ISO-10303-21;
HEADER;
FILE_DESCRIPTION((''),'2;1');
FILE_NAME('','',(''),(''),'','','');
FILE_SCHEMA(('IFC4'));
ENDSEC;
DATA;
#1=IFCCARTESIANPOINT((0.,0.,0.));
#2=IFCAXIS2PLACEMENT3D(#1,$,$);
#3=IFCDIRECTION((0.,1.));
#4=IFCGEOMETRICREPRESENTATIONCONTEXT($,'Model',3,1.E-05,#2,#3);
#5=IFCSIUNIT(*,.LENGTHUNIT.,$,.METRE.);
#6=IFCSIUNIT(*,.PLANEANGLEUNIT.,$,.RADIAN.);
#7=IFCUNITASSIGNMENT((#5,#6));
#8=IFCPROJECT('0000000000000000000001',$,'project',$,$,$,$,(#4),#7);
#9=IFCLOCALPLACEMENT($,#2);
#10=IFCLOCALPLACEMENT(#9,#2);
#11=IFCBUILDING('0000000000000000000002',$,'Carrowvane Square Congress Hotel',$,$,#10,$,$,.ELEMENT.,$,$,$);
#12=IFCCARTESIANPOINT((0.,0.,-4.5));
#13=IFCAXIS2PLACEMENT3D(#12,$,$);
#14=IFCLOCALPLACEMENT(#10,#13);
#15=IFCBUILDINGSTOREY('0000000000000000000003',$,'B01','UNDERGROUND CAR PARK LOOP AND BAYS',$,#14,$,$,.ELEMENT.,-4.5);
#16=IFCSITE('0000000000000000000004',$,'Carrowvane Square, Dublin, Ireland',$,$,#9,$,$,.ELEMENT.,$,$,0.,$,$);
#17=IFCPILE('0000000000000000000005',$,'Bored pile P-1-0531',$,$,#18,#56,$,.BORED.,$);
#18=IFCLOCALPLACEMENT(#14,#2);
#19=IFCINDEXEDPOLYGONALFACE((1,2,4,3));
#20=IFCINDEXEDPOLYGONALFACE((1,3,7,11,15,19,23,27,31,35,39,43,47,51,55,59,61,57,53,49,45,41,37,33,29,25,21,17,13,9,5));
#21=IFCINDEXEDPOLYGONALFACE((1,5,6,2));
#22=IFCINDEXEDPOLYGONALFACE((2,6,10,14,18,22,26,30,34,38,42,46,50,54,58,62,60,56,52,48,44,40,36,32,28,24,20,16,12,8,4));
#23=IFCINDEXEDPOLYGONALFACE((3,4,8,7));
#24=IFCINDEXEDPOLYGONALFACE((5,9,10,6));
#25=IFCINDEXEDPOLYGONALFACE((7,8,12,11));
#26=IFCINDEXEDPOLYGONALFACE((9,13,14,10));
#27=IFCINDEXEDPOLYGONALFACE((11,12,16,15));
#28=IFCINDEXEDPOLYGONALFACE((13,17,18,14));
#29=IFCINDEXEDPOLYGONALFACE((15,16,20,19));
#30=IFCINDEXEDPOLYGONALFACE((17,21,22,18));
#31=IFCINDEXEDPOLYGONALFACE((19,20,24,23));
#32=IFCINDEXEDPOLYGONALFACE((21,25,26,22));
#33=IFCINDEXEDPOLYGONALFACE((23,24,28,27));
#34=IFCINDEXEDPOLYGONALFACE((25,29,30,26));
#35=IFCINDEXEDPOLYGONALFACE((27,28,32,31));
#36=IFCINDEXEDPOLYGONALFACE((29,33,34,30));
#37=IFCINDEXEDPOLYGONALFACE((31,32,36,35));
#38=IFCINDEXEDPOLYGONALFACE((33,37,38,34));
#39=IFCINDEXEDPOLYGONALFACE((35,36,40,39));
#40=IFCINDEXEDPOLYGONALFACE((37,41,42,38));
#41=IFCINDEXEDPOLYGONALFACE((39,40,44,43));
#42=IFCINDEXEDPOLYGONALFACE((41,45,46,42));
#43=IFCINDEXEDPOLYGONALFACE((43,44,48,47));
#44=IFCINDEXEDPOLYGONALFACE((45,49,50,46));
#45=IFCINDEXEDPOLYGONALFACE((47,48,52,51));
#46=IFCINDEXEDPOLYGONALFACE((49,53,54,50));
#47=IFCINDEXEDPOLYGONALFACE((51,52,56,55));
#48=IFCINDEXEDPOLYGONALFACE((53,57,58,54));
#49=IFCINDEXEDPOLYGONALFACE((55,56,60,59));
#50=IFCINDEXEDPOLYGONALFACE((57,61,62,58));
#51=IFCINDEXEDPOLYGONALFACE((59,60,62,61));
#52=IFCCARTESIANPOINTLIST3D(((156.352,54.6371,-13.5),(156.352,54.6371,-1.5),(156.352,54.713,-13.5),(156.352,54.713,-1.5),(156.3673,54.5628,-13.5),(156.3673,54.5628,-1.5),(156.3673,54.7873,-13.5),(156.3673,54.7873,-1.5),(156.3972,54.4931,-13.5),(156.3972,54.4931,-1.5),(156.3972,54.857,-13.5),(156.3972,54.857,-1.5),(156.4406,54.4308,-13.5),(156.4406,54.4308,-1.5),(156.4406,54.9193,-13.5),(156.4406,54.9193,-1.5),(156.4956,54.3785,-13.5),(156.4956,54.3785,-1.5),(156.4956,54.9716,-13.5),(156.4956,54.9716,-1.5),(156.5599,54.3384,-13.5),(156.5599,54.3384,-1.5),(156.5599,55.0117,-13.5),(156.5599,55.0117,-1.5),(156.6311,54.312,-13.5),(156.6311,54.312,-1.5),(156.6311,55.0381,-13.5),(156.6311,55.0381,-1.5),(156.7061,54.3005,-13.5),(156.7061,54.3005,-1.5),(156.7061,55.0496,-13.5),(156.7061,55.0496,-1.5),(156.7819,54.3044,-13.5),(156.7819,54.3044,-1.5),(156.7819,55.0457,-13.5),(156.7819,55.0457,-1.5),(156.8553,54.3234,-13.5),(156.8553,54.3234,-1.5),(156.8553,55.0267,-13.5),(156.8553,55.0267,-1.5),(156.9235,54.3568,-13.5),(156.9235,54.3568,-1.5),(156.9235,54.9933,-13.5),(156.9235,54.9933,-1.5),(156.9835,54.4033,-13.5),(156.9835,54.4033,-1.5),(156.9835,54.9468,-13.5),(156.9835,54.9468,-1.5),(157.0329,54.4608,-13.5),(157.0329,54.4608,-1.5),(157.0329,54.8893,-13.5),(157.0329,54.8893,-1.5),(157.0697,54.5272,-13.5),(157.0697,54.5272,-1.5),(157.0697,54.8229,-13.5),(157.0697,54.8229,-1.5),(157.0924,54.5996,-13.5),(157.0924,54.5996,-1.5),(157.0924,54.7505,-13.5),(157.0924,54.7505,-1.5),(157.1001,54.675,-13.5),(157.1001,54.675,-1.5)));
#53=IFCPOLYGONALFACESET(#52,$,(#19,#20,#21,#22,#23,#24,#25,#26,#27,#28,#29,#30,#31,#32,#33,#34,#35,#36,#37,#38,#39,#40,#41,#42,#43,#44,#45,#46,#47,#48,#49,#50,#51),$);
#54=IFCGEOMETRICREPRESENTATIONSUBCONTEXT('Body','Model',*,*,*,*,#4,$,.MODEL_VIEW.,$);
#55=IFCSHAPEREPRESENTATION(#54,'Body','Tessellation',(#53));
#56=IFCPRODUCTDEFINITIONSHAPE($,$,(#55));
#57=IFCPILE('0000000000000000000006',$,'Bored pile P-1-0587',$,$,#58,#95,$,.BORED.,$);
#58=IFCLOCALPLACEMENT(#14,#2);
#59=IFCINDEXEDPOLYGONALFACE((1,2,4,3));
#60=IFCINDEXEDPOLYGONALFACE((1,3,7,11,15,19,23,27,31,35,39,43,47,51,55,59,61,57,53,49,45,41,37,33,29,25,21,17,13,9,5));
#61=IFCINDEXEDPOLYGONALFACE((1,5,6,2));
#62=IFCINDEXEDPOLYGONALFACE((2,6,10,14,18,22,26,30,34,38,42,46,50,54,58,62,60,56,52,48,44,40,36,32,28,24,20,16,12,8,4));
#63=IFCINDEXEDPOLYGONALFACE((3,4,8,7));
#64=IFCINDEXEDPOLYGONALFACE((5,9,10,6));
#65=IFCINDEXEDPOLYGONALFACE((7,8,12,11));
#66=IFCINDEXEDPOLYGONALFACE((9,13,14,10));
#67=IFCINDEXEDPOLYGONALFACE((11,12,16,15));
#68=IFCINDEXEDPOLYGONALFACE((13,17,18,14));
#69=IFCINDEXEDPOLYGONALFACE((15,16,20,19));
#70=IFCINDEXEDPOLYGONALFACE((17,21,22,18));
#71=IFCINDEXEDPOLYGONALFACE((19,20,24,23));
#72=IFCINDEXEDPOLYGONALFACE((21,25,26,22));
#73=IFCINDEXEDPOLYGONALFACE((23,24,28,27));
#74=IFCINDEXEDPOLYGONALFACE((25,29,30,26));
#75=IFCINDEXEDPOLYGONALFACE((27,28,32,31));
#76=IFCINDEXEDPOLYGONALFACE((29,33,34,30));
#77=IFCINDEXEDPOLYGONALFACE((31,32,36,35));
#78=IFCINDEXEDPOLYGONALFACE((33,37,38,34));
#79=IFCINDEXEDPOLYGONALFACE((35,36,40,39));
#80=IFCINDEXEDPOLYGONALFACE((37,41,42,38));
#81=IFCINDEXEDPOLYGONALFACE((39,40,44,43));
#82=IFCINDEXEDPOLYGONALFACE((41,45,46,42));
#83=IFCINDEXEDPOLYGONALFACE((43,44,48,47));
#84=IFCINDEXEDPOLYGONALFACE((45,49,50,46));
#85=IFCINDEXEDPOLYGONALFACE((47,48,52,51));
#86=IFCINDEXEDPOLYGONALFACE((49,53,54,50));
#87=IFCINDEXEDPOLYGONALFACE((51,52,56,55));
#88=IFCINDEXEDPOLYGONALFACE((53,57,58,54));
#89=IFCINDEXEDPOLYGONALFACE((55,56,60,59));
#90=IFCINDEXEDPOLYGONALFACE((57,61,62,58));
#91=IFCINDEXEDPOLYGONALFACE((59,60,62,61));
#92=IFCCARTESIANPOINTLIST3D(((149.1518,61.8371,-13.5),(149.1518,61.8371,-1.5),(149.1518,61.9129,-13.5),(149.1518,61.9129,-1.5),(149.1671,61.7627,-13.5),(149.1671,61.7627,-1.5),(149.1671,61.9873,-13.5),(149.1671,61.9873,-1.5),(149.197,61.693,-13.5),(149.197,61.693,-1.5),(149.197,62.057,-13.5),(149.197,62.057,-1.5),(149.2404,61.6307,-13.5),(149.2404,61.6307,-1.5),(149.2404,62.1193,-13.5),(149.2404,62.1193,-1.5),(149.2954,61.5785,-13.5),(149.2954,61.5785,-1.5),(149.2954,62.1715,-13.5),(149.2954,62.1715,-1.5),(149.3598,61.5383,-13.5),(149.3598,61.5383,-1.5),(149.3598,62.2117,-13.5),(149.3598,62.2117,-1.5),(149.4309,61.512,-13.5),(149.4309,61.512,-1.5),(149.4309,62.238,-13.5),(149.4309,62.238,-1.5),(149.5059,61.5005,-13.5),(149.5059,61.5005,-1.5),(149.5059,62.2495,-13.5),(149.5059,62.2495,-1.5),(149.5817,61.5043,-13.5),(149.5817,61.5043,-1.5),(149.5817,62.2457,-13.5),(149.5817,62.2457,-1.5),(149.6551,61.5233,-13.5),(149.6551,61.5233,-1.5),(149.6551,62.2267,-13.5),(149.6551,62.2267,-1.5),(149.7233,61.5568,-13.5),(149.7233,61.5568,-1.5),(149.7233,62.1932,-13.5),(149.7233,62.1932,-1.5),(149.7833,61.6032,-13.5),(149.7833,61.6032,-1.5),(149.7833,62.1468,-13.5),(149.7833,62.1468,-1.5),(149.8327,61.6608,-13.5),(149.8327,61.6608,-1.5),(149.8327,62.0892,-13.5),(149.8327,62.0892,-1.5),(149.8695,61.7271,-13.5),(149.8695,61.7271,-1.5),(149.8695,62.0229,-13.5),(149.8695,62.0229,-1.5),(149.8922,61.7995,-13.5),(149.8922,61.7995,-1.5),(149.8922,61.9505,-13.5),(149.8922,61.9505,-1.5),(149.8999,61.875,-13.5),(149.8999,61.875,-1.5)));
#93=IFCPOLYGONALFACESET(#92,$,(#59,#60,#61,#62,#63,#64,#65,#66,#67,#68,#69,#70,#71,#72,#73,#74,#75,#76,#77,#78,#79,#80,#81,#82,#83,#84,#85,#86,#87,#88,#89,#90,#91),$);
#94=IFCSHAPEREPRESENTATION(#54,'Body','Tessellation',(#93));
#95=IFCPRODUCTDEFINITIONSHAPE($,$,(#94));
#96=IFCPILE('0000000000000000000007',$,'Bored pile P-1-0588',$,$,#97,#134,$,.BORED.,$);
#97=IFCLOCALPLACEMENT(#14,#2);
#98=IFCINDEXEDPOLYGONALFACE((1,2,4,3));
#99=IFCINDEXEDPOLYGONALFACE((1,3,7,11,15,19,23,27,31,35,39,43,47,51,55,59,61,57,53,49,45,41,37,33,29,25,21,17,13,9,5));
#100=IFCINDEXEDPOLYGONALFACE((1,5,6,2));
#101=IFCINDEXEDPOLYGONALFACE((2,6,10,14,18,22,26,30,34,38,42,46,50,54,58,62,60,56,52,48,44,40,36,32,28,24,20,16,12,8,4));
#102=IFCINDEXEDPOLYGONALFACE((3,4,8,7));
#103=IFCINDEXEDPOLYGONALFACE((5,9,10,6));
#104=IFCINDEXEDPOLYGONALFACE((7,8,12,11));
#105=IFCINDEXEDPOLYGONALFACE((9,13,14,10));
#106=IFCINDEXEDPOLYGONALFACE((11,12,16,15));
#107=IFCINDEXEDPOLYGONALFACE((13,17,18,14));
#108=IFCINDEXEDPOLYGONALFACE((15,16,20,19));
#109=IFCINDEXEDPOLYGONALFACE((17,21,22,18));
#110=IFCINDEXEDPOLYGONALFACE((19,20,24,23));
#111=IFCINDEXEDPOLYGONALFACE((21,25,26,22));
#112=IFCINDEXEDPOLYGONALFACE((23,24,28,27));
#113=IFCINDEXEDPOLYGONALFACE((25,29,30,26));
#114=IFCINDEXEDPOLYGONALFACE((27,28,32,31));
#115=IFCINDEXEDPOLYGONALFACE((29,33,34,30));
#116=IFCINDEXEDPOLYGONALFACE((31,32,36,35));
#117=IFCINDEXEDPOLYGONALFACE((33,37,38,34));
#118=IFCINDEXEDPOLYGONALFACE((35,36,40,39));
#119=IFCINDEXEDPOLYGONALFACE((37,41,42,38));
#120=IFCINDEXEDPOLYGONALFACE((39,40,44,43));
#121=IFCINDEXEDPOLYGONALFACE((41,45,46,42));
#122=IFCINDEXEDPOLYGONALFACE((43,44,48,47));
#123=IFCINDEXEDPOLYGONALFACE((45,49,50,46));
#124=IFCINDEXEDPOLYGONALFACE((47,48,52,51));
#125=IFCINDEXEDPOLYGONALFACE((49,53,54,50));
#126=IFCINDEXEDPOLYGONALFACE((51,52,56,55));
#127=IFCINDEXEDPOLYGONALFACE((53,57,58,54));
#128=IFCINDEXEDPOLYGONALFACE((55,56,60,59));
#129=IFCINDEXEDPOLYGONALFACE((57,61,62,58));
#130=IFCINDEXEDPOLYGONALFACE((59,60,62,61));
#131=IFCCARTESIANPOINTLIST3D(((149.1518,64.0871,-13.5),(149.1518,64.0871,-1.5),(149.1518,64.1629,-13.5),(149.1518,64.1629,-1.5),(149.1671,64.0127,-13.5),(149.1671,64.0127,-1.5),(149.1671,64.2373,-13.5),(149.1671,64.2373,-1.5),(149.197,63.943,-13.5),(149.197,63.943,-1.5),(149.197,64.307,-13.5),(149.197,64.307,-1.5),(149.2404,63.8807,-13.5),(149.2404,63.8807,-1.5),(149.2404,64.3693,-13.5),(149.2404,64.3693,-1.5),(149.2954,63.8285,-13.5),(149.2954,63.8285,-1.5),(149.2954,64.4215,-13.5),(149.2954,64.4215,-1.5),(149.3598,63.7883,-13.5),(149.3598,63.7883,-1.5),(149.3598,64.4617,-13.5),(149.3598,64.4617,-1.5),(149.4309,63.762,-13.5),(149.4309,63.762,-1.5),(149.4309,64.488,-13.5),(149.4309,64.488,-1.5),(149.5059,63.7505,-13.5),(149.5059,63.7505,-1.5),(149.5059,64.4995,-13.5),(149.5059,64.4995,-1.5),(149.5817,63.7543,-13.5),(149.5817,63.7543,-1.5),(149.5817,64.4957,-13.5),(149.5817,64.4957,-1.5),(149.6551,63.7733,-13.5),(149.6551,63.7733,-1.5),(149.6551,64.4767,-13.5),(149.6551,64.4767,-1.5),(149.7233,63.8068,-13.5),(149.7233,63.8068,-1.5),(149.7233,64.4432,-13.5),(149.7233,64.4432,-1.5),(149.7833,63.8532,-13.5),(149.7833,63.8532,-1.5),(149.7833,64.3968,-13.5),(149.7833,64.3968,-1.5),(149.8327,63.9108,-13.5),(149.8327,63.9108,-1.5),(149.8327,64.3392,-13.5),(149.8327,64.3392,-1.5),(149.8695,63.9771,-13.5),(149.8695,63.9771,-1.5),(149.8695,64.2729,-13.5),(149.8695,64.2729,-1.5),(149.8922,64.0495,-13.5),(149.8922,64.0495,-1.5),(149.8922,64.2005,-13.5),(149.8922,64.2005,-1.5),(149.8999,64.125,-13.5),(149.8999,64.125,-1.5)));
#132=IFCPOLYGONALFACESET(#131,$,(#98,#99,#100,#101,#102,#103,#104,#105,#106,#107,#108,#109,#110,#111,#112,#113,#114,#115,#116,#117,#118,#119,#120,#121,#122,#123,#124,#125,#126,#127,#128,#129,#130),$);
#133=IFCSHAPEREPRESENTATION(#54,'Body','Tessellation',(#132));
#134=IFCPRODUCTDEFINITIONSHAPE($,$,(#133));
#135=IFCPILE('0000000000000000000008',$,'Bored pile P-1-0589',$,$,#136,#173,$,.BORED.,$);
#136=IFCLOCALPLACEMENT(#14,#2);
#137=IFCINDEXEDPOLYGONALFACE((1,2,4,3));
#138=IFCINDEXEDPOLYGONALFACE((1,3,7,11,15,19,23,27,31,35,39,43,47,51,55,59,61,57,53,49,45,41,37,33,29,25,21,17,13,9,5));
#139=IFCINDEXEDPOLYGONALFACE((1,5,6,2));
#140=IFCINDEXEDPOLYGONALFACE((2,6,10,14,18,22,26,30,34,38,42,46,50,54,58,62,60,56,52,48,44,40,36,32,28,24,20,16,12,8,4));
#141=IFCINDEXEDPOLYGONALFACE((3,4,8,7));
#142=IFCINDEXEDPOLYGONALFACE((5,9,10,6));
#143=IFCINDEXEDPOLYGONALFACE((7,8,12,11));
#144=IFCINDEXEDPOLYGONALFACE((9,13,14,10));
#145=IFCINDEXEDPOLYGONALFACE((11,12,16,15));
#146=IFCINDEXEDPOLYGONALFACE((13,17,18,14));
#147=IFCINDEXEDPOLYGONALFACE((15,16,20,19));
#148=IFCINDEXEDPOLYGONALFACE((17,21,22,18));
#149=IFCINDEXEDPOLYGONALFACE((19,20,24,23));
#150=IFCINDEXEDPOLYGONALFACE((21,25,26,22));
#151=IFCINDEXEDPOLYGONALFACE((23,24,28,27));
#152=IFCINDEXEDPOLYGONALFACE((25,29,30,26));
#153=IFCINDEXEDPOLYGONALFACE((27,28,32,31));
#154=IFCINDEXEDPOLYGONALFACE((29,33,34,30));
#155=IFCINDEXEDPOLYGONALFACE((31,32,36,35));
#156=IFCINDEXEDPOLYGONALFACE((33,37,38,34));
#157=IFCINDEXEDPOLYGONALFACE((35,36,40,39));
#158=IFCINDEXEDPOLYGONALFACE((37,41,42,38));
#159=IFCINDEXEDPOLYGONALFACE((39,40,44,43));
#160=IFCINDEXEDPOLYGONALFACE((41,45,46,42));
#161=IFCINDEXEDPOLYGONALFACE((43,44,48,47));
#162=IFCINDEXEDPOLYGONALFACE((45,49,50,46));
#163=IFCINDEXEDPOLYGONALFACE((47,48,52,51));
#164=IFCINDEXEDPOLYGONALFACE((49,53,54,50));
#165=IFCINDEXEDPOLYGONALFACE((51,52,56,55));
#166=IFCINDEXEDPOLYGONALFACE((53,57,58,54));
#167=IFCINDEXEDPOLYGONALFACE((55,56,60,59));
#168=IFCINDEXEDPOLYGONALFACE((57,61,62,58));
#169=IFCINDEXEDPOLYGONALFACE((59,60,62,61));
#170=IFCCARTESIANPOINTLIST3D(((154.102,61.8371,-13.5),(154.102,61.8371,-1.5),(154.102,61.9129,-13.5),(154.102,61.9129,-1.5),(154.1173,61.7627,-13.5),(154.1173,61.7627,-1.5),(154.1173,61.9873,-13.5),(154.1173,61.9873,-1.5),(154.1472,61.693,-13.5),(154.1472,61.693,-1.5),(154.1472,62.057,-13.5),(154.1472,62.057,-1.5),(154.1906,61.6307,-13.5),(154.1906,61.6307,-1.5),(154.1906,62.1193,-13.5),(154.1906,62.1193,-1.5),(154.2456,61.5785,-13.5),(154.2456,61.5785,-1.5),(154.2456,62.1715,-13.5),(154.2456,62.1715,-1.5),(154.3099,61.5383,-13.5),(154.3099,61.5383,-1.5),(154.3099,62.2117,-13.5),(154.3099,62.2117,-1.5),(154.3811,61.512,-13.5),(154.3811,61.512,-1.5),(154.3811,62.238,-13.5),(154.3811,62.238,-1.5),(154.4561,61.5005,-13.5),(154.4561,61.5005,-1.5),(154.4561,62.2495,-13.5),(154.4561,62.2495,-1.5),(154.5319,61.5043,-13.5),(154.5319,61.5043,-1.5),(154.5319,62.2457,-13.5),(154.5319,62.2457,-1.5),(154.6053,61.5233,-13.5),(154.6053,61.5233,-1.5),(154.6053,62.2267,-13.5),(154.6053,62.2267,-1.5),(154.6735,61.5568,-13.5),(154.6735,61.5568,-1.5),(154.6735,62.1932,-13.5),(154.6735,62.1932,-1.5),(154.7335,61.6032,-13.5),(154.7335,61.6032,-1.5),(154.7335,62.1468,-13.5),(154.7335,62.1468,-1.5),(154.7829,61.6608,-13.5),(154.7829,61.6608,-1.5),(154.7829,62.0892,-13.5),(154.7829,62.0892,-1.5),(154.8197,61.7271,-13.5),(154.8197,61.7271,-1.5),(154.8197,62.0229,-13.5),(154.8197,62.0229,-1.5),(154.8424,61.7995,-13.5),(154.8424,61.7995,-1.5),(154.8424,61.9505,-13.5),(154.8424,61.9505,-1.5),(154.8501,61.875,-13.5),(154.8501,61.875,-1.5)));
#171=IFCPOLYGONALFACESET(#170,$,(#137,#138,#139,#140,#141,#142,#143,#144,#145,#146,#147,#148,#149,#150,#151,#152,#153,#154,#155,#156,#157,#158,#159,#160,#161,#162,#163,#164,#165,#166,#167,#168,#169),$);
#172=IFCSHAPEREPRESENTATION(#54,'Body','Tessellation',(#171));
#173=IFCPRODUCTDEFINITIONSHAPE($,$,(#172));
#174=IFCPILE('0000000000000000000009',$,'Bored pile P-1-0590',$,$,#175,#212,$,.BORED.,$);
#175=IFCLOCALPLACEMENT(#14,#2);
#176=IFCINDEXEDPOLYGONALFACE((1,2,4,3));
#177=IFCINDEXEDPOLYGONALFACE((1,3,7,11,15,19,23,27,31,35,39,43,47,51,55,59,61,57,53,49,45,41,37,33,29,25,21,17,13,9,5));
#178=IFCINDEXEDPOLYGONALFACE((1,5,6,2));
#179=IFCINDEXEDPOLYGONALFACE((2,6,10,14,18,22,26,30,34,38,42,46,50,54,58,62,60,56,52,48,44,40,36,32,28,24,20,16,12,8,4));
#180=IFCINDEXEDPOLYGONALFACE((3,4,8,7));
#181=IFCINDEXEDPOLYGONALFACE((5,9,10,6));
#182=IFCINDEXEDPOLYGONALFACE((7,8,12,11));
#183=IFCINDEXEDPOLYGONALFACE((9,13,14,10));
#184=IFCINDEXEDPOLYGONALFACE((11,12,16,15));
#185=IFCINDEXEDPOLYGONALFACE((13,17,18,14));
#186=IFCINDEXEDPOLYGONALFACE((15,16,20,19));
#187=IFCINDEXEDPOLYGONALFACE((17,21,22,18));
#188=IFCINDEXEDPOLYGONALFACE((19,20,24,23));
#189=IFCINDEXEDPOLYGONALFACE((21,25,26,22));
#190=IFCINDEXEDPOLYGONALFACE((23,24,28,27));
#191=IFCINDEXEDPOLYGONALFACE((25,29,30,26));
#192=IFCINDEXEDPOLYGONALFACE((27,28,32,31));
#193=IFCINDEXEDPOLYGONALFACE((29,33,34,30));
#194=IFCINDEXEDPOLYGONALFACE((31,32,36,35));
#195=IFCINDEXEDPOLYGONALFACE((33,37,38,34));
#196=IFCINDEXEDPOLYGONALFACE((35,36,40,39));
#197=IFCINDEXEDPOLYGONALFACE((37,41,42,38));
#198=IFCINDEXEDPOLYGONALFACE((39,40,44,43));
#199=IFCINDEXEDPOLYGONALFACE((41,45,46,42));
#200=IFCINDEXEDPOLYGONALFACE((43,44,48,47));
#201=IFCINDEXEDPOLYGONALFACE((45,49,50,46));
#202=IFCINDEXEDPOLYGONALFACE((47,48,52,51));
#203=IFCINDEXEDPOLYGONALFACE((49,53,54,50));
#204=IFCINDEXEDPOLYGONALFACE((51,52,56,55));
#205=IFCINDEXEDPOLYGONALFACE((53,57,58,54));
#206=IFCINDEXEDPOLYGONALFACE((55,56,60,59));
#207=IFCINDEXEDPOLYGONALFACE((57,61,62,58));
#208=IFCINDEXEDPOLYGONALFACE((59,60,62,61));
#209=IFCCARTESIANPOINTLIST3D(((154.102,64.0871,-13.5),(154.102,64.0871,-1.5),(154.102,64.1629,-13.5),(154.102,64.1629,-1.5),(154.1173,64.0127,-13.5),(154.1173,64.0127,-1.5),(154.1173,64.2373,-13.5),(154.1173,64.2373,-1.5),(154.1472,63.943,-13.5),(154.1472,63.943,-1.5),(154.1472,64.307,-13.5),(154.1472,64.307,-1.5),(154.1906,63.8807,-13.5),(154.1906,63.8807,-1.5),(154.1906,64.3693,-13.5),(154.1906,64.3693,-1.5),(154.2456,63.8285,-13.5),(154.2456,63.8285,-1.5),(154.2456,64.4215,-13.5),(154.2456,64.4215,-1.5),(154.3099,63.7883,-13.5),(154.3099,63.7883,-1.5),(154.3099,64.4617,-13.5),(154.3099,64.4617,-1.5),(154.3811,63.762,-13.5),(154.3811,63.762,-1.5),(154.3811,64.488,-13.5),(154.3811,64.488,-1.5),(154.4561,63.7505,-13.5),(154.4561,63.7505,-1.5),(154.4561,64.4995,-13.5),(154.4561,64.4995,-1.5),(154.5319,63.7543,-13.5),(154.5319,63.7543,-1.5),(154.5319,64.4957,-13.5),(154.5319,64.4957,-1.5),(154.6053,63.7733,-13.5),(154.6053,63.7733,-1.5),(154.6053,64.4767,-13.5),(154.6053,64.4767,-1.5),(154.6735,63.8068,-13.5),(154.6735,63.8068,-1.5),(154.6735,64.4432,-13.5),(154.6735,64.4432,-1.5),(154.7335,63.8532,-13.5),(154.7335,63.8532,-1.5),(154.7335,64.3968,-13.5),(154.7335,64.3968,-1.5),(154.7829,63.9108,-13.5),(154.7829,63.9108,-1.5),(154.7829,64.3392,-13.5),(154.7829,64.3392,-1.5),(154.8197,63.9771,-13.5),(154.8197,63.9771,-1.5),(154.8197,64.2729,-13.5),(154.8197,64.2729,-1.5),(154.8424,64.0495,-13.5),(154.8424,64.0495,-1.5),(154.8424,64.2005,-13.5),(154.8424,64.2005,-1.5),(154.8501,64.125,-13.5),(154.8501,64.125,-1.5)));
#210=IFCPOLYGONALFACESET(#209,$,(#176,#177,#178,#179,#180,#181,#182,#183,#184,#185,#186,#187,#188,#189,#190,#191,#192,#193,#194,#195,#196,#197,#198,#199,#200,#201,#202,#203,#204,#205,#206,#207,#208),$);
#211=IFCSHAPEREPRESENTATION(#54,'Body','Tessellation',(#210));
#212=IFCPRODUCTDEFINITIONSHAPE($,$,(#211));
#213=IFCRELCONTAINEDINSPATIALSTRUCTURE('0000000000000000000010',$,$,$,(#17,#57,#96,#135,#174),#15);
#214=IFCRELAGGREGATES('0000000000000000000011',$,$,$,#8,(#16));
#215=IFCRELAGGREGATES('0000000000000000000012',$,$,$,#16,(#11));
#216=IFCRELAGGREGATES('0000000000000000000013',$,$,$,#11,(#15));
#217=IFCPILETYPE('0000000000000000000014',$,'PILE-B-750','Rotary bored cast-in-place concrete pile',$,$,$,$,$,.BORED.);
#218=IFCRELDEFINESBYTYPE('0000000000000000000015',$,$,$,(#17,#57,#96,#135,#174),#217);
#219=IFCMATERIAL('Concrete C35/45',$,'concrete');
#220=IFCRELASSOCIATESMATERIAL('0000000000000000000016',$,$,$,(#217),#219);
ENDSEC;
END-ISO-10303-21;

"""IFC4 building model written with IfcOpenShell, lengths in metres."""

from ifc_helpers import new_model, si_unit, direction, frame, origin, origin_2d, place, context, subcontext, project, spatial, circle, extrude, material, material_profile, profile_set, type_object, element, save


model = new_model("IFC4")

# Units and contexts
model_context = context("Model", 3, precision=1e-05, world=origin(), true_north=direction((0.0, 1.0)))
body_context = subcontext(model_context, "Body", "Model", "MODEL_VIEW")
ifc_project = project(units=[si_unit("LENGTHUNIT", "METRE"), si_unit("PLANEANGLEUNIT", "RADIAN")], contexts=[model_context])

# Site, building, storey
site_placement = place(None, origin())
site = spatial("IfcSite", under=ifc_project, at=site_placement, Name="Carrowvane Square, Dublin, Ireland", CompositionType="ELEMENT", RefElevation=0.0)
building_placement = place(site_placement, origin())
building = spatial("IfcBuilding", under=site, at=building_placement, Name="Carrowvane Square Congress Hotel", CompositionType="ELEMENT")
storey_placement = place(building_placement, frame((0.0, 0.0, -4.5)))
storey = spatial("IfcBuildingStorey", under=building, at=storey_placement, Name="B01", Description="UNDERGROUND CAR PARK LOOP AND BAYS", CompositionType="ELEMENT", Elevation=-4.5)

# Piles
ifc_material_1 = material(Name="Concrete C35/45", Category="concrete")
ifc_material_profile_1 = material_profile(ifc_material_1, circle(Radius=0.375, at=origin_2d()), Name="PILE D750")
ifc_profile_set_1 = profile_set([ifc_material_profile_1], Name="Concrete C35/45")
pile_type = type_object("IfcPileType", Name="PILE-B-750", Description="Rotary bored cast-in-place concrete pile", PredefinedType="BORED", material=ifc_profile_set_1)
for number, where, z_axis, x_axis, name in (
    (1, (156.7251, 54.675, -1.5), (0.0, 0.0, -1.0), (1.0, 0.0, 0.0), "Bored pile P-1-0531"),
    (2, (149.5249, 61.875, -1.5), (0.0, 0.0, -1.0), (1.0, 0.0, 0.0), "Bored pile P-1-0587"),
    (3, (149.5249, 64.125, -1.5), (0.0, 0.0, -1.0), (1.0, 0.0, 0.0), "Bored pile P-1-0588"),
    (4, (154.4751, 61.875, -1.5), (0.0, 0.0, -1.0), (1.0, 0.0, 0.0), "Bored pile P-1-0589"),
    (5, (154.4751, 64.125, -1.5), (0.0, 0.0, -1.0), (1.0, 0.0, 0.0), "Bored pile P-1-0590"),
):
    element("IfcPile", number, at=place(storey_placement, frame(where, z_axis=z_axis, x_axis=x_axis)), inside=storey, type_object=pile_type, Name=name, PredefinedType="BORED", context=body_context, shape_type="SweptSolid", body=[
        extrude(circle(Radius=0.375, at=origin_2d()), origin(), (0.0, 0.0, 1.0), 12.0),
    ])

save(model, "model.ifc")
